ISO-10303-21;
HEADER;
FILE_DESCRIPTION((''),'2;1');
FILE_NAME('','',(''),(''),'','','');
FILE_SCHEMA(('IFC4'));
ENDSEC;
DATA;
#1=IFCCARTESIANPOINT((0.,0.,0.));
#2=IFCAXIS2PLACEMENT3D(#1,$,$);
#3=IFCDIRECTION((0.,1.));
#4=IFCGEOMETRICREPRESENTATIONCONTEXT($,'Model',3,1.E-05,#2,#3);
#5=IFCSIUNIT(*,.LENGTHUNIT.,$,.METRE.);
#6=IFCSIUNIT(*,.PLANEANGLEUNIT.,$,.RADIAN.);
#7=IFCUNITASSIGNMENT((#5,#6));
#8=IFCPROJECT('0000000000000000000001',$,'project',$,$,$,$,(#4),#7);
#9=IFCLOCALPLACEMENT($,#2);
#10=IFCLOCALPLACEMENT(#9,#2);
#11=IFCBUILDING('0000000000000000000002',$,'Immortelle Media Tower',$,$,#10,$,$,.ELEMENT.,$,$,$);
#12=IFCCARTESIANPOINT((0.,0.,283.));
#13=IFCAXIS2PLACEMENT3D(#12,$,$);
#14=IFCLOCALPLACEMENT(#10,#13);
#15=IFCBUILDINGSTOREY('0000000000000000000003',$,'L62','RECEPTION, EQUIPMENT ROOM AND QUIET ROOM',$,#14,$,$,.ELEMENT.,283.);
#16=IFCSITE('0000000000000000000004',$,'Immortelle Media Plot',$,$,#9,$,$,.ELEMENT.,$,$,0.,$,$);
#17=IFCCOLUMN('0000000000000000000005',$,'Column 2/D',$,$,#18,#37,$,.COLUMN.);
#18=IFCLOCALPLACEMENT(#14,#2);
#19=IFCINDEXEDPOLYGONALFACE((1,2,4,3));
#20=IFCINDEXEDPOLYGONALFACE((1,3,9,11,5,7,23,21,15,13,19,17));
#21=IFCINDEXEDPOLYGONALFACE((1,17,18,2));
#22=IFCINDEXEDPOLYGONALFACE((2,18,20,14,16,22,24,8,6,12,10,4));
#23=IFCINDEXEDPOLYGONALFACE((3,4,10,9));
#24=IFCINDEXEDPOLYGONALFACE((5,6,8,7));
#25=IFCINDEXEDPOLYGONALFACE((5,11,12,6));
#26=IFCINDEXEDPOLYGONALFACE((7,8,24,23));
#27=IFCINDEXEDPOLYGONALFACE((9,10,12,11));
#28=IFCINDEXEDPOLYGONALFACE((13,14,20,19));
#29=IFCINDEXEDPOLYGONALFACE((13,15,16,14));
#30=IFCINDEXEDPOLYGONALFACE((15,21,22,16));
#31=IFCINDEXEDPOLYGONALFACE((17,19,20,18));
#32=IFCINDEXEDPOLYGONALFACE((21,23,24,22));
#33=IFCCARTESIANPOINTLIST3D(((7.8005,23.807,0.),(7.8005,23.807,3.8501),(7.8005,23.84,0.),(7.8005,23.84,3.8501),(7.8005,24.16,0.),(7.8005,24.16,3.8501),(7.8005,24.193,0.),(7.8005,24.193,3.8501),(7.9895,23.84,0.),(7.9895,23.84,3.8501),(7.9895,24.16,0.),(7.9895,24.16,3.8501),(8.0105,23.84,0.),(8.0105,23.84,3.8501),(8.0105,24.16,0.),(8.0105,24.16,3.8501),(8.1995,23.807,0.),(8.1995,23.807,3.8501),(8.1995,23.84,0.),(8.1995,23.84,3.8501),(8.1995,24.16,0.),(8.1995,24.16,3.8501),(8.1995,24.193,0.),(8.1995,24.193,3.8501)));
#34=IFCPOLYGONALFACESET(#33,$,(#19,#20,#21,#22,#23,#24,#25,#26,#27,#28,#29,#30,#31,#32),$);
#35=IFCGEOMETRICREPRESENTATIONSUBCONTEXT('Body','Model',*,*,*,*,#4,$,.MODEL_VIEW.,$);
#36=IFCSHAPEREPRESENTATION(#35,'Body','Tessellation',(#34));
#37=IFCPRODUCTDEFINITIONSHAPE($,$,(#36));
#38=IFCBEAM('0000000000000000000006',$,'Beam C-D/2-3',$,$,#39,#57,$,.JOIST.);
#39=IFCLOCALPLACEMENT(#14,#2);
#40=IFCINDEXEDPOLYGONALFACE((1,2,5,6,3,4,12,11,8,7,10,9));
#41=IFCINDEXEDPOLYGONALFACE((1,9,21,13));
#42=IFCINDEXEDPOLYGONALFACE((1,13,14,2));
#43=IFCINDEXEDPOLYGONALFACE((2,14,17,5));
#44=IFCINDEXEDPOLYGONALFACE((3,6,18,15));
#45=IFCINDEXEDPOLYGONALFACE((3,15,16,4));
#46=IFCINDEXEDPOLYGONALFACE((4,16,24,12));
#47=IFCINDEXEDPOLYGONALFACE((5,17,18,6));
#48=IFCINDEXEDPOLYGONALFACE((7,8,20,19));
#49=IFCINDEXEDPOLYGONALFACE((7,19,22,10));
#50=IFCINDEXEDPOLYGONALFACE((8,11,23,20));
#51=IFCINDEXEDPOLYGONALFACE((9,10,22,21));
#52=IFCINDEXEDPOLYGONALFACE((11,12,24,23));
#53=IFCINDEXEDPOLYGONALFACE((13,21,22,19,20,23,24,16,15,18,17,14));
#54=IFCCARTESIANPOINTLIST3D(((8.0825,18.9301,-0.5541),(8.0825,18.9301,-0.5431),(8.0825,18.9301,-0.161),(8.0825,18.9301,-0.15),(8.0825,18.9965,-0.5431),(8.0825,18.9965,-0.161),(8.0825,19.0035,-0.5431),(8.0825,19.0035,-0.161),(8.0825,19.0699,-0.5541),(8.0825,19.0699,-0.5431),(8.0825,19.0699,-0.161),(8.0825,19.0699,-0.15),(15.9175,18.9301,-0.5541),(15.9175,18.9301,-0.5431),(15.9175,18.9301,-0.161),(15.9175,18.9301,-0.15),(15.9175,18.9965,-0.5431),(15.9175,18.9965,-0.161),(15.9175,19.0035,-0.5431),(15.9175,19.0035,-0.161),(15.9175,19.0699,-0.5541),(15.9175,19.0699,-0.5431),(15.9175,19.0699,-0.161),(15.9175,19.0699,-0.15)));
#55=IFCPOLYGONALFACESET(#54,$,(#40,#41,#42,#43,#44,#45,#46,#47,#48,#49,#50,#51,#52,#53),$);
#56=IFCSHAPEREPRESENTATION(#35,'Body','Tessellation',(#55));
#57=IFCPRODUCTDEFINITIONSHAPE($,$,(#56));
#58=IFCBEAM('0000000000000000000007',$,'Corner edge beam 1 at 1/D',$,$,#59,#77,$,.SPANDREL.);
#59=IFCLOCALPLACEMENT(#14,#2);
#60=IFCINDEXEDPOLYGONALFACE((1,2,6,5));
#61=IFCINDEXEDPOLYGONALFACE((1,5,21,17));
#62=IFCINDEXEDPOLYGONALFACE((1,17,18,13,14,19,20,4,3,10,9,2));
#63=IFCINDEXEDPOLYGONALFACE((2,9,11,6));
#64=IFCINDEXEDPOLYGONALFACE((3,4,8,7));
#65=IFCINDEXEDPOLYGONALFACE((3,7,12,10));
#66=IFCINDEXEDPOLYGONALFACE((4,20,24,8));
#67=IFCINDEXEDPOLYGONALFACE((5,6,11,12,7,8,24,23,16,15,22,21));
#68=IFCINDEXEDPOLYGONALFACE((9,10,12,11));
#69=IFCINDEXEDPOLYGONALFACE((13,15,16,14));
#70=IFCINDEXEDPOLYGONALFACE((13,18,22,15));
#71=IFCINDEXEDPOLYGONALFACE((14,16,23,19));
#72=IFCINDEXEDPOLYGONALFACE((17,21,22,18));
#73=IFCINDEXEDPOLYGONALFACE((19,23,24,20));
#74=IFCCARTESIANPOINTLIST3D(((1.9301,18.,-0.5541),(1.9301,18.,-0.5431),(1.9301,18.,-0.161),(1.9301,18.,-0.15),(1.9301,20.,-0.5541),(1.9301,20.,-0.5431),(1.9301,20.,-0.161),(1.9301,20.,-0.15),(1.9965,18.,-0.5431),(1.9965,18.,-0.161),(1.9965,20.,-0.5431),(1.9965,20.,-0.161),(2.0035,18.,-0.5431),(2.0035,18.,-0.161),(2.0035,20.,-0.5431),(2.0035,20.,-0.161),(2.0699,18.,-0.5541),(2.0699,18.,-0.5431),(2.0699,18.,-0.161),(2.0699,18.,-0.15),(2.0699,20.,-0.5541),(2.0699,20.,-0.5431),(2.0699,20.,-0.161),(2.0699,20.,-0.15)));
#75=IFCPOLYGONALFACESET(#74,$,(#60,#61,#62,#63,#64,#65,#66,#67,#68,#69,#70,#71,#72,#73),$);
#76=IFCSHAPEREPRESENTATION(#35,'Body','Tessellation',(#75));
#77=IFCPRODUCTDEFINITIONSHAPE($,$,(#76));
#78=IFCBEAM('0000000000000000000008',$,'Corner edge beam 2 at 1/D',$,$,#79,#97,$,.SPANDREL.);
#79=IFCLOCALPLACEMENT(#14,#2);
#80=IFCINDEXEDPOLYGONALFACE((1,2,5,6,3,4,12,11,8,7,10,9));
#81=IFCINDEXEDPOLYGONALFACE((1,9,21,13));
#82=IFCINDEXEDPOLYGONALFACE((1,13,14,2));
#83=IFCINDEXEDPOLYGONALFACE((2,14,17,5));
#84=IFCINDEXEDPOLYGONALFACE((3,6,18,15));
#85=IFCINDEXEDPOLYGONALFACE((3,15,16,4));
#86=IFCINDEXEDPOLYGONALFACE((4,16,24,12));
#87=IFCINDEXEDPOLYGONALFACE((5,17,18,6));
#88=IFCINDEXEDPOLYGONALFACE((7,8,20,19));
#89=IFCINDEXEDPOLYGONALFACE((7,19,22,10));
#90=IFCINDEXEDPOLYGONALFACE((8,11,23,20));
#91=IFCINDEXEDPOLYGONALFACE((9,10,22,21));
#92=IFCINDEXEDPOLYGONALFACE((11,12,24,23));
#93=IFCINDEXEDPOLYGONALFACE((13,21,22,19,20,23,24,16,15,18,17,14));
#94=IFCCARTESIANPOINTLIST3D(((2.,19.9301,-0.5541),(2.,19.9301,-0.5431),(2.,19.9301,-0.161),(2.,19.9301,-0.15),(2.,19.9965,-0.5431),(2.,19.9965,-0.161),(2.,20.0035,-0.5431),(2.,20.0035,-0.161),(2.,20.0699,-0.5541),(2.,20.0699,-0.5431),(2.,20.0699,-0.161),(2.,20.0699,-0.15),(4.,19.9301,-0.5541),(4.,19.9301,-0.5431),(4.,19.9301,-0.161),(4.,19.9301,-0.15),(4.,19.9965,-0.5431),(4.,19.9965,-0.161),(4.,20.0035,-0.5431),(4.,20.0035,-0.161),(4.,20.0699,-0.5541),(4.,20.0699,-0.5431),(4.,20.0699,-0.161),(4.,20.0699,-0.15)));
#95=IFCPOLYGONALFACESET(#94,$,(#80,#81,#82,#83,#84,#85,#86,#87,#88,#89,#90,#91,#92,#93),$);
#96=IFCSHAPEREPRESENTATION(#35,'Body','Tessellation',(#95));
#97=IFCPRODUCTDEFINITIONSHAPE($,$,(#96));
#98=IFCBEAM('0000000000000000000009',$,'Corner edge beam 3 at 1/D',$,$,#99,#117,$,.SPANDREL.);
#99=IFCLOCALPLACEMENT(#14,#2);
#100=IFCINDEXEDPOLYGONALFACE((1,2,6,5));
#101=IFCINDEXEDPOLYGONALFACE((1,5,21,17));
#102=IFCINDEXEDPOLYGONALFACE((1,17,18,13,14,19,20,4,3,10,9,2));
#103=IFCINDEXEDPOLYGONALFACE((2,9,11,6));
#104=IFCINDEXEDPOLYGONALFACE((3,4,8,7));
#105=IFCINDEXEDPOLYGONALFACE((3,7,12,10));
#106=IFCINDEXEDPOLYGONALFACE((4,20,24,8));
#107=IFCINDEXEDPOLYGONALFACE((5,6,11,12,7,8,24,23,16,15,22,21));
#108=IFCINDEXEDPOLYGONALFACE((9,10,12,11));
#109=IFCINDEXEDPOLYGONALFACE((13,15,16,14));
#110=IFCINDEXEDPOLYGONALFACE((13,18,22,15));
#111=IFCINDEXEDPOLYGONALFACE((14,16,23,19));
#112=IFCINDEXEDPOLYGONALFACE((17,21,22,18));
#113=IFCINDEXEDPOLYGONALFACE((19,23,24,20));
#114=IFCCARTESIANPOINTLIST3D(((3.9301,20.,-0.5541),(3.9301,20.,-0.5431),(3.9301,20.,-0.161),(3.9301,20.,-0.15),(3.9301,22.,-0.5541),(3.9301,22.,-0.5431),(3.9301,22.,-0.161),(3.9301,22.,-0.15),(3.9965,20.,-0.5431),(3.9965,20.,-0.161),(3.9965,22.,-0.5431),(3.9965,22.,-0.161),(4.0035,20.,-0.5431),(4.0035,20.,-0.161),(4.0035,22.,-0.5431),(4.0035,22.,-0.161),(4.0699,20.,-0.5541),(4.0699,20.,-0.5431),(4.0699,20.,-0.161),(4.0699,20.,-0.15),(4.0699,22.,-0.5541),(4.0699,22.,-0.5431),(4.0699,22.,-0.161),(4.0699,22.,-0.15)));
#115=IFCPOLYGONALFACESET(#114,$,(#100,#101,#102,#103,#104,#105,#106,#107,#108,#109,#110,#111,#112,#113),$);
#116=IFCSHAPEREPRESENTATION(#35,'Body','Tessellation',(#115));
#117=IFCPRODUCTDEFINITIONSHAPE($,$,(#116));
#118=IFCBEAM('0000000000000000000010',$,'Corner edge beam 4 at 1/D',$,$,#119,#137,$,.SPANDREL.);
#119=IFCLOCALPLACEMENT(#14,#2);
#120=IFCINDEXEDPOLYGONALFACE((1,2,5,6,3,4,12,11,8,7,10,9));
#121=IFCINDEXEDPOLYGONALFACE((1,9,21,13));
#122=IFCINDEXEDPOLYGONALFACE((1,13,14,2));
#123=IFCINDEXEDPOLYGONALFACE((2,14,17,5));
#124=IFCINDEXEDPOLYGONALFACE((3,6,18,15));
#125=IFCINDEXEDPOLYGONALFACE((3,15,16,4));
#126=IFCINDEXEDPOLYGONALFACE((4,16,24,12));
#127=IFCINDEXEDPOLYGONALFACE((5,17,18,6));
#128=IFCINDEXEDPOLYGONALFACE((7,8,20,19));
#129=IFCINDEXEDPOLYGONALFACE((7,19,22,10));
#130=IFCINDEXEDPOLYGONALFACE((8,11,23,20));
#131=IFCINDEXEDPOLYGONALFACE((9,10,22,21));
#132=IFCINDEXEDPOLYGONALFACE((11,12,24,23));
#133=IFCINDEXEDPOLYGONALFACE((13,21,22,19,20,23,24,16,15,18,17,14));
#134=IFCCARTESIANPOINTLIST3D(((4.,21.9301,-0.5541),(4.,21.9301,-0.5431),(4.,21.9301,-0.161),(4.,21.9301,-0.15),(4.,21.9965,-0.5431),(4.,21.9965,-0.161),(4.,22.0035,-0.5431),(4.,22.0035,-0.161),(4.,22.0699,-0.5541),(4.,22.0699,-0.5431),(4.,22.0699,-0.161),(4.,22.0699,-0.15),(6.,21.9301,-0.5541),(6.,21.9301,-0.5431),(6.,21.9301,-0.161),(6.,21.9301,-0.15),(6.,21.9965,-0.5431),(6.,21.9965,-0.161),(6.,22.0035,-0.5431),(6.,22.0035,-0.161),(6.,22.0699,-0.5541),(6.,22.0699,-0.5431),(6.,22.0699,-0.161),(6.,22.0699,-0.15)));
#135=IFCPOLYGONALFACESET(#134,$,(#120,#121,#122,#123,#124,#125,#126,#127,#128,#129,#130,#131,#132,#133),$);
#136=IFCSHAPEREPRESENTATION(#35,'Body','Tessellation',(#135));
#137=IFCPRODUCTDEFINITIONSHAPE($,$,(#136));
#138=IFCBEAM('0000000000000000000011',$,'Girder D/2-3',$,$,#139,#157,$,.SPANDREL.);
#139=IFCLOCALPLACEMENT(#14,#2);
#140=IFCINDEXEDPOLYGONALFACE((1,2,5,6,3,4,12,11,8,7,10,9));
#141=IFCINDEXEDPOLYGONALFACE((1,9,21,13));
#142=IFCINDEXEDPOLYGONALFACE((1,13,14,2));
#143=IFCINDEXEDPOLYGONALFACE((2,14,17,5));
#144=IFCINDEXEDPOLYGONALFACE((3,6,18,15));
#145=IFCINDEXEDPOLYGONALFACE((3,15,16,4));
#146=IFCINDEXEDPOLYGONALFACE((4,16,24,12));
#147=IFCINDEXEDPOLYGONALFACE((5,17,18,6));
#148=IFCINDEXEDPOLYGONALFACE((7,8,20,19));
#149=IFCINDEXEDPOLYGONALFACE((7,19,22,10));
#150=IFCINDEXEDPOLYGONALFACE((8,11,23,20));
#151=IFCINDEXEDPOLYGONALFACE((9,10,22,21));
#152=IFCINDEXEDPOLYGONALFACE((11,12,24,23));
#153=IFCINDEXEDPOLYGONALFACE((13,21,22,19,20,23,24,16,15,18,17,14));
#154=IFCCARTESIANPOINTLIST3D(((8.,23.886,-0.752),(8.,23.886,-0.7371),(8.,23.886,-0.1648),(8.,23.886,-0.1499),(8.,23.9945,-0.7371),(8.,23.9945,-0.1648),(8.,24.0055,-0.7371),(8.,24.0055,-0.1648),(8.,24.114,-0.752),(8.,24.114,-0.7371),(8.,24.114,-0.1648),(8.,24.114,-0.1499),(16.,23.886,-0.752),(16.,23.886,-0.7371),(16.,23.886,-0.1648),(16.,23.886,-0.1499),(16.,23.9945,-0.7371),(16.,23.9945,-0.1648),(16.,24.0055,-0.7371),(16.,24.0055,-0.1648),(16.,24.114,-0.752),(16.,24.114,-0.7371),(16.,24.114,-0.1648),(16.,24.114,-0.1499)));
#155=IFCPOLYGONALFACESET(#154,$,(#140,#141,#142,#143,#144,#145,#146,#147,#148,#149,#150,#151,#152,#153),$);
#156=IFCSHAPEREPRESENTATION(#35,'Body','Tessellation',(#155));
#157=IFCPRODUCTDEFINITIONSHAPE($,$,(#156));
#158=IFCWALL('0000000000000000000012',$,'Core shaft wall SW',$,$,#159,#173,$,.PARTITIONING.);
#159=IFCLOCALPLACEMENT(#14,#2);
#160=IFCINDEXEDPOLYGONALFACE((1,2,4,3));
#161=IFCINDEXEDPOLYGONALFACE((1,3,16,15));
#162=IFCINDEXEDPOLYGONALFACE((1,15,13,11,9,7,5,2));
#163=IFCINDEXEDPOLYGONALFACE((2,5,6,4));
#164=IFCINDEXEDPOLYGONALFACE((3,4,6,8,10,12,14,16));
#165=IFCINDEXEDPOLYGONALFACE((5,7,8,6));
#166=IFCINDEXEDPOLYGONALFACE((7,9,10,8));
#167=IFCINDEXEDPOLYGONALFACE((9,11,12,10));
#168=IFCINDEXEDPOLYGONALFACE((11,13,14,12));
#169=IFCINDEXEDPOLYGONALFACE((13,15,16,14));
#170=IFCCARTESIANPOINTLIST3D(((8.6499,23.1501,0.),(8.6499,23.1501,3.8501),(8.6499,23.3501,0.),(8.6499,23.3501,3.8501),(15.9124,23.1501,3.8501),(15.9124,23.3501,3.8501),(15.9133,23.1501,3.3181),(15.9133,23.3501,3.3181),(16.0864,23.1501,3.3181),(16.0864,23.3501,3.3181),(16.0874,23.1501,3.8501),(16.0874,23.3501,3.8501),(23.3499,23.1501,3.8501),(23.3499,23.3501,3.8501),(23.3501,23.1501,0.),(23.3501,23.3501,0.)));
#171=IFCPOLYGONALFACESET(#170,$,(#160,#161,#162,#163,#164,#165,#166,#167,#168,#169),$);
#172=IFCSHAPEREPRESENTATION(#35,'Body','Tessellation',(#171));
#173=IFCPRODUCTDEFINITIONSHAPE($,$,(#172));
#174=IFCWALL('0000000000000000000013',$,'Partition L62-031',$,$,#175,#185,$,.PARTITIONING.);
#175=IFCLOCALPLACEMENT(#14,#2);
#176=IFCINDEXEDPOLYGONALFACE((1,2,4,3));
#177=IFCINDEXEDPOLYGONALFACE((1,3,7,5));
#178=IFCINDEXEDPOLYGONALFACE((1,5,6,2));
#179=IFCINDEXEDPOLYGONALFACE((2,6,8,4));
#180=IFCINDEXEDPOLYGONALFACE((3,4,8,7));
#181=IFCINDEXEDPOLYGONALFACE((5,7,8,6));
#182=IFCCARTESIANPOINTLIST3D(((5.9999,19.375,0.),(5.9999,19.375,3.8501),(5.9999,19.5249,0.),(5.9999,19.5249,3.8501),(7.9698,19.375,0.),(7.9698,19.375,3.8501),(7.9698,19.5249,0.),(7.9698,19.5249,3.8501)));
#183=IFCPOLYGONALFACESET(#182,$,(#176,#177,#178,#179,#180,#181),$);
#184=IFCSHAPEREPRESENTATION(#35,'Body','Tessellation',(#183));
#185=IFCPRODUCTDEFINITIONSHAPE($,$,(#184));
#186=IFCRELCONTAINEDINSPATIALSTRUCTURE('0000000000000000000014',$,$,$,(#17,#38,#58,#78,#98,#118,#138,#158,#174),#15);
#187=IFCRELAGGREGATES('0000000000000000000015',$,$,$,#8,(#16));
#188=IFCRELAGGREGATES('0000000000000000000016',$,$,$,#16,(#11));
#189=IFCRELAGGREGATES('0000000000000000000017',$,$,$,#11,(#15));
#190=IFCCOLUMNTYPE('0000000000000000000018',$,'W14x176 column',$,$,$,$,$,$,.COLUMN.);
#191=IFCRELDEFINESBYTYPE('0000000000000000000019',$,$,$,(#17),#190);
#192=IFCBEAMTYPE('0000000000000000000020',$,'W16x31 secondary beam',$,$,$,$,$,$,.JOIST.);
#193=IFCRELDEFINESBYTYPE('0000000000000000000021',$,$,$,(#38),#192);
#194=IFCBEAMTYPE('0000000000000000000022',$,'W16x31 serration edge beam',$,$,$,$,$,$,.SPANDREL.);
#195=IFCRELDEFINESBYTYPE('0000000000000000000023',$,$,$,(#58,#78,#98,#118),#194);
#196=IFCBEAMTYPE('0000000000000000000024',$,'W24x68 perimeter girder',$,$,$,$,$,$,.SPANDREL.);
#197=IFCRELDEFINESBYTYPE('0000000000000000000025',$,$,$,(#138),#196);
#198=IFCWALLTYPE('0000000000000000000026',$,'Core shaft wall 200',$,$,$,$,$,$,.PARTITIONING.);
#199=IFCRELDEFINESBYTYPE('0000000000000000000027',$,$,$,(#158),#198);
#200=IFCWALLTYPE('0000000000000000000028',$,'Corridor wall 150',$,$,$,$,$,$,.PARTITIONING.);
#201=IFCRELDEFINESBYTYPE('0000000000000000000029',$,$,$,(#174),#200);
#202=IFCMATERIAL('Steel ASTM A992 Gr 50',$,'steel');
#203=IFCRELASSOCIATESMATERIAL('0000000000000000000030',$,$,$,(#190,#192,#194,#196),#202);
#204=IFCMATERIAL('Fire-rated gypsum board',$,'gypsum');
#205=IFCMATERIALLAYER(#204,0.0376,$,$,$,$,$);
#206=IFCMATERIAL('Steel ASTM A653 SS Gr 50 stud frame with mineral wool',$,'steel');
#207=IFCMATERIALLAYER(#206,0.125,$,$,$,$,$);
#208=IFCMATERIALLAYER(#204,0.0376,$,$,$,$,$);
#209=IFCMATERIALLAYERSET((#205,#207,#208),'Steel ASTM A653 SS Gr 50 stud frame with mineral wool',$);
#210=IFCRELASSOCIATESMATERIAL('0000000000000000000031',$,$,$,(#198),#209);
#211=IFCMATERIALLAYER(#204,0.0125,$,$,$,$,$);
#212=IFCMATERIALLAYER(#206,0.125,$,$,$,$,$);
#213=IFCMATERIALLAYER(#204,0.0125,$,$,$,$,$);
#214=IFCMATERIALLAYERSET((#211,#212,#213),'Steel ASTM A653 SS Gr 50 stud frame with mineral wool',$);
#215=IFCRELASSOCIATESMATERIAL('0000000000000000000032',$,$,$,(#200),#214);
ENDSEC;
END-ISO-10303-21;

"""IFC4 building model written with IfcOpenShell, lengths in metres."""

from ifc_helpers import new_model, si_unit, direction, frame, frame_2d, origin, origin_2d, place, context, subcontext, project, spatial, polyline, rectangle, i_section, outline, extrude, material, layer, layer_set, material_profile, profile_set, type_object, element, save


model = new_model("IFC4")

# Units and contexts
model_context = context("Model", 3, precision=1e-05, world=origin(), true_north=direction((0.0, 1.0)))
body_context = subcontext(model_context, "Body", "Model", "MODEL_VIEW")
ifc_project = project(units=[si_unit("LENGTHUNIT", "METRE"), si_unit("PLANEANGLEUNIT", "RADIAN")], contexts=[model_context])

# Site, building, storey
site_placement = place(None, origin())
site = spatial("IfcSite", under=ifc_project, at=site_placement, Name="Immortelle Media Plot", CompositionType="ELEMENT", RefElevation=0.0)
building_placement = place(site_placement, origin())
building = spatial("IfcBuilding", under=site, at=building_placement, Name="Immortelle Media Tower", CompositionType="ELEMENT")
storey_placement = place(building_placement, frame((0.0, 0.0, 283.0)))
storey = spatial("IfcBuildingStorey", under=building, at=storey_placement, Name="L62", Description="RECEPTION, EQUIPMENT ROOM AND QUIET ROOM", CompositionType="ELEMENT", Elevation=283.0)

# Column
ifc_material_1 = material(Name="Steel ASTM A992 Gr 50", Category="steel")
ifc_material_profile_1 = material_profile(ifc_material_1, i_section(OverallWidth=0.3989, OverallDepth=0.386, WebThickness=0.021, FlangeThickness=0.033, at=origin_2d()), Name="W14x176")
ifc_profile_set_1 = profile_set([ifc_material_profile_1], Name="Steel ASTM A992 Gr 50")
column_type = type_object("IfcColumnType", Name="W14x176 column", PredefinedType="COLUMN", material=ifc_profile_set_1)
column_placement = place(storey_placement, frame((8.0, 24.0, 0.0), z_axis=(0.0, 0.0, 1.0), x_axis=(1.0, 0.0, 0.0)))
element("IfcColumn", 1, at=column_placement, inside=storey, type_object=column_type, Name="Column 2/D", PredefinedType="COLUMN", context=body_context, shape_type="SweptSolid", body=[
    extrude(i_section(OverallWidth=0.3989, OverallDepth=0.386, WebThickness=0.021, FlangeThickness=0.033, at=origin_2d()), origin(), (0.0, 0.0, 1.0), 3.8501),
])

# Beams
ifc_material_profile_2 = material_profile(ifc_material_1, i_section(OverallWidth=0.1399, OverallDepth=0.4041, WebThickness=0.0071, FlangeThickness=0.011, at=origin_2d()), Name="W16x31")
ifc_profile_set_2 = profile_set([ifc_material_profile_2], Name="Steel ASTM A992 Gr 50")
beam_type_1 = type_object("IfcBeamType", Name="W16x31 secondary beam", PredefinedType="JOIST", material=ifc_profile_set_2)
beam_1_placement = place(storey_placement, frame((8.0825, 19.0, -0.3521), z_axis=(1.0, 0.0, 0.0), x_axis=(0.0, 1.0, 0.0)))
element("IfcBeam", 2, at=beam_1_placement, inside=storey, type_object=beam_type_1, Name="Beam C-D/2-3", PredefinedType="JOIST", context=body_context, shape_type="SweptSolid", body=[
    extrude(i_section(OverallWidth=0.1399, OverallDepth=0.4041, WebThickness=0.0071, FlangeThickness=0.011, at=origin_2d()), origin(), (0.0, 0.0, 1.0), 7.835),
])
ifc_material_profile_3 = material_profile(ifc_material_1, i_section(OverallWidth=0.1399, OverallDepth=0.4041, WebThickness=0.0071, FlangeThickness=0.011, at=origin_2d()), Name="W16x31")
ifc_profile_set_3 = profile_set([ifc_material_profile_3], Name="Steel ASTM A992 Gr 50")
beam_type_2 = type_object("IfcBeamType", Name="W16x31 serration edge beam", PredefinedType="SPANDREL", material=ifc_profile_set_3)
for number, where, z_axis, x_axis, name in (
    (3, (2.0, 18.0, -0.3521), (0.0, 1.0, 0.0), (-1.0, 0.0, 0.0), "Corner edge beam 1 at 1/D"),
    (4, (2.0, 20.0, -0.3521), (1.0, 0.0, 0.0), (0.0, 1.0, 0.0), "Corner edge beam 2 at 1/D"),
    (5, (4.0, 20.0, -0.3521), (0.0, 1.0, 0.0), (-1.0, 0.0, 0.0), "Corner edge beam 3 at 1/D"),
    (6, (4.0, 22.0, -0.3521), (1.0, 0.0, 0.0), (0.0, 1.0, 0.0), "Corner edge beam 4 at 1/D"),
):
    element("IfcBeam", number, at=place(storey_placement, frame(where, z_axis=z_axis, x_axis=x_axis)), inside=storey, type_object=beam_type_2, Name=name, PredefinedType="SPANDREL", context=body_context, shape_type="SweptSolid", body=[
        extrude(i_section(OverallWidth=0.1399, OverallDepth=0.4041, WebThickness=0.0071, FlangeThickness=0.011, at=origin_2d()), origin(), (0.0, 0.0, 1.0), 2.0),
    ])
ifc_material_profile_4 = material_profile(ifc_material_1, i_section(OverallWidth=0.228, OverallDepth=0.6021, WebThickness=0.011, FlangeThickness=0.0149, at=origin_2d()), Name="W24x68")
ifc_profile_set_4 = profile_set([ifc_material_profile_4], Name="Steel ASTM A992 Gr 50")
beam_type_3 = type_object("IfcBeamType", Name="W24x68 perimeter girder", PredefinedType="SPANDREL", material=ifc_profile_set_4)
beam_2_placement = place(storey_placement, frame((8.0, 24.0, -0.4509), z_axis=(1.0, 0.0, 0.0), x_axis=(0.0, 1.0, 0.0)))
element("IfcBeam", 7, at=beam_2_placement, inside=storey, type_object=beam_type_3, Name="Girder D/2-3", PredefinedType="SPANDREL", context=body_context, shape_type="SweptSolid", body=[
    extrude(i_section(OverallWidth=0.228, OverallDepth=0.6021, WebThickness=0.011, FlangeThickness=0.0149, at=origin_2d()), origin(), (0.0, 0.0, 1.0), 8.0),
])

# Walls
ifc_material_2 = material(Name="Fire-rated gypsum board", Category="gypsum")
ifc_layer_1 = layer(ifc_material_2, 0.0376)
ifc_material_3 = material(Name="Steel ASTM A653 SS Gr 50 stud frame with mineral wool", Category="steel")
ifc_layer_2 = layer(ifc_material_3, 0.125)
ifc_layer_3 = layer(ifc_material_2, 0.0376)
ifc_layer_set_1 = layer_set([ifc_layer_1, ifc_layer_2, ifc_layer_3], Name="Steel ASTM A653 SS Gr 50 stud frame with mineral wool")
wall_type_1 = type_object("IfcWallType", Name="Core shaft wall 200", PredefinedType="PARTITIONING", material=ifc_layer_set_1)
wall_1_placement = place(storey_placement, frame((8.6499, 23.25, 0.0), z_axis=(0.0, 0.0, 1.0), x_axis=(1.0, 0.0, 0.0)))
element("IfcWall", 8, at=wall_1_placement, inside=storey, type_object=wall_type_1, Name="Core shaft wall SW", PredefinedType="PARTITIONING", context=body_context, shape_type="SweptSolid", body=[
    extrude(outline(polyline([(0.0, 0.0), (14.7002, 0.0), (14.7, 3.8501), (7.4375, 3.8501), (7.4365, 3.3181), (7.2634, 3.3181), (7.2625, 3.8501), (0.0, 3.8501), (0.0, 0.0)])), frame((0.0, 0.1001, 0.0), z_axis=(0.0, -1.0, 0.0), x_axis=(1.0, 0.0, 0.0)), (0.0, 0.0, 1.0), 0.2),
])
ifc_layer_4 = layer(ifc_material_2, 0.0125)
ifc_layer_5 = layer(ifc_material_3, 0.125)
ifc_layer_6 = layer(ifc_material_2, 0.0125)
ifc_layer_set_2 = layer_set([ifc_layer_4, ifc_layer_5, ifc_layer_6], Name="Steel ASTM A653 SS Gr 50 stud frame with mineral wool")
wall_type_2 = type_object("IfcWallType", Name="Corridor wall 150", PredefinedType="PARTITIONING", material=ifc_layer_set_2)
wall_2_placement = place(storey_placement, frame((6.0, 19.45, 0.0), z_axis=(0.0, 0.0, 1.0), x_axis=(1.0, 0.0, 0.0)))
element("IfcWall", 9, at=wall_2_placement, inside=storey, type_object=wall_type_2, Name="Partition L62-031", PredefinedType="PARTITIONING", context=body_context, shape_type="SweptSolid", body=[
    extrude(rectangle(XDim=1.97, YDim=0.1499, at=frame_2d((0.9849, 0.0))), origin(), (0.0, 0.0, 1.0), 3.8501),
])

save(model, "model.ifc")
